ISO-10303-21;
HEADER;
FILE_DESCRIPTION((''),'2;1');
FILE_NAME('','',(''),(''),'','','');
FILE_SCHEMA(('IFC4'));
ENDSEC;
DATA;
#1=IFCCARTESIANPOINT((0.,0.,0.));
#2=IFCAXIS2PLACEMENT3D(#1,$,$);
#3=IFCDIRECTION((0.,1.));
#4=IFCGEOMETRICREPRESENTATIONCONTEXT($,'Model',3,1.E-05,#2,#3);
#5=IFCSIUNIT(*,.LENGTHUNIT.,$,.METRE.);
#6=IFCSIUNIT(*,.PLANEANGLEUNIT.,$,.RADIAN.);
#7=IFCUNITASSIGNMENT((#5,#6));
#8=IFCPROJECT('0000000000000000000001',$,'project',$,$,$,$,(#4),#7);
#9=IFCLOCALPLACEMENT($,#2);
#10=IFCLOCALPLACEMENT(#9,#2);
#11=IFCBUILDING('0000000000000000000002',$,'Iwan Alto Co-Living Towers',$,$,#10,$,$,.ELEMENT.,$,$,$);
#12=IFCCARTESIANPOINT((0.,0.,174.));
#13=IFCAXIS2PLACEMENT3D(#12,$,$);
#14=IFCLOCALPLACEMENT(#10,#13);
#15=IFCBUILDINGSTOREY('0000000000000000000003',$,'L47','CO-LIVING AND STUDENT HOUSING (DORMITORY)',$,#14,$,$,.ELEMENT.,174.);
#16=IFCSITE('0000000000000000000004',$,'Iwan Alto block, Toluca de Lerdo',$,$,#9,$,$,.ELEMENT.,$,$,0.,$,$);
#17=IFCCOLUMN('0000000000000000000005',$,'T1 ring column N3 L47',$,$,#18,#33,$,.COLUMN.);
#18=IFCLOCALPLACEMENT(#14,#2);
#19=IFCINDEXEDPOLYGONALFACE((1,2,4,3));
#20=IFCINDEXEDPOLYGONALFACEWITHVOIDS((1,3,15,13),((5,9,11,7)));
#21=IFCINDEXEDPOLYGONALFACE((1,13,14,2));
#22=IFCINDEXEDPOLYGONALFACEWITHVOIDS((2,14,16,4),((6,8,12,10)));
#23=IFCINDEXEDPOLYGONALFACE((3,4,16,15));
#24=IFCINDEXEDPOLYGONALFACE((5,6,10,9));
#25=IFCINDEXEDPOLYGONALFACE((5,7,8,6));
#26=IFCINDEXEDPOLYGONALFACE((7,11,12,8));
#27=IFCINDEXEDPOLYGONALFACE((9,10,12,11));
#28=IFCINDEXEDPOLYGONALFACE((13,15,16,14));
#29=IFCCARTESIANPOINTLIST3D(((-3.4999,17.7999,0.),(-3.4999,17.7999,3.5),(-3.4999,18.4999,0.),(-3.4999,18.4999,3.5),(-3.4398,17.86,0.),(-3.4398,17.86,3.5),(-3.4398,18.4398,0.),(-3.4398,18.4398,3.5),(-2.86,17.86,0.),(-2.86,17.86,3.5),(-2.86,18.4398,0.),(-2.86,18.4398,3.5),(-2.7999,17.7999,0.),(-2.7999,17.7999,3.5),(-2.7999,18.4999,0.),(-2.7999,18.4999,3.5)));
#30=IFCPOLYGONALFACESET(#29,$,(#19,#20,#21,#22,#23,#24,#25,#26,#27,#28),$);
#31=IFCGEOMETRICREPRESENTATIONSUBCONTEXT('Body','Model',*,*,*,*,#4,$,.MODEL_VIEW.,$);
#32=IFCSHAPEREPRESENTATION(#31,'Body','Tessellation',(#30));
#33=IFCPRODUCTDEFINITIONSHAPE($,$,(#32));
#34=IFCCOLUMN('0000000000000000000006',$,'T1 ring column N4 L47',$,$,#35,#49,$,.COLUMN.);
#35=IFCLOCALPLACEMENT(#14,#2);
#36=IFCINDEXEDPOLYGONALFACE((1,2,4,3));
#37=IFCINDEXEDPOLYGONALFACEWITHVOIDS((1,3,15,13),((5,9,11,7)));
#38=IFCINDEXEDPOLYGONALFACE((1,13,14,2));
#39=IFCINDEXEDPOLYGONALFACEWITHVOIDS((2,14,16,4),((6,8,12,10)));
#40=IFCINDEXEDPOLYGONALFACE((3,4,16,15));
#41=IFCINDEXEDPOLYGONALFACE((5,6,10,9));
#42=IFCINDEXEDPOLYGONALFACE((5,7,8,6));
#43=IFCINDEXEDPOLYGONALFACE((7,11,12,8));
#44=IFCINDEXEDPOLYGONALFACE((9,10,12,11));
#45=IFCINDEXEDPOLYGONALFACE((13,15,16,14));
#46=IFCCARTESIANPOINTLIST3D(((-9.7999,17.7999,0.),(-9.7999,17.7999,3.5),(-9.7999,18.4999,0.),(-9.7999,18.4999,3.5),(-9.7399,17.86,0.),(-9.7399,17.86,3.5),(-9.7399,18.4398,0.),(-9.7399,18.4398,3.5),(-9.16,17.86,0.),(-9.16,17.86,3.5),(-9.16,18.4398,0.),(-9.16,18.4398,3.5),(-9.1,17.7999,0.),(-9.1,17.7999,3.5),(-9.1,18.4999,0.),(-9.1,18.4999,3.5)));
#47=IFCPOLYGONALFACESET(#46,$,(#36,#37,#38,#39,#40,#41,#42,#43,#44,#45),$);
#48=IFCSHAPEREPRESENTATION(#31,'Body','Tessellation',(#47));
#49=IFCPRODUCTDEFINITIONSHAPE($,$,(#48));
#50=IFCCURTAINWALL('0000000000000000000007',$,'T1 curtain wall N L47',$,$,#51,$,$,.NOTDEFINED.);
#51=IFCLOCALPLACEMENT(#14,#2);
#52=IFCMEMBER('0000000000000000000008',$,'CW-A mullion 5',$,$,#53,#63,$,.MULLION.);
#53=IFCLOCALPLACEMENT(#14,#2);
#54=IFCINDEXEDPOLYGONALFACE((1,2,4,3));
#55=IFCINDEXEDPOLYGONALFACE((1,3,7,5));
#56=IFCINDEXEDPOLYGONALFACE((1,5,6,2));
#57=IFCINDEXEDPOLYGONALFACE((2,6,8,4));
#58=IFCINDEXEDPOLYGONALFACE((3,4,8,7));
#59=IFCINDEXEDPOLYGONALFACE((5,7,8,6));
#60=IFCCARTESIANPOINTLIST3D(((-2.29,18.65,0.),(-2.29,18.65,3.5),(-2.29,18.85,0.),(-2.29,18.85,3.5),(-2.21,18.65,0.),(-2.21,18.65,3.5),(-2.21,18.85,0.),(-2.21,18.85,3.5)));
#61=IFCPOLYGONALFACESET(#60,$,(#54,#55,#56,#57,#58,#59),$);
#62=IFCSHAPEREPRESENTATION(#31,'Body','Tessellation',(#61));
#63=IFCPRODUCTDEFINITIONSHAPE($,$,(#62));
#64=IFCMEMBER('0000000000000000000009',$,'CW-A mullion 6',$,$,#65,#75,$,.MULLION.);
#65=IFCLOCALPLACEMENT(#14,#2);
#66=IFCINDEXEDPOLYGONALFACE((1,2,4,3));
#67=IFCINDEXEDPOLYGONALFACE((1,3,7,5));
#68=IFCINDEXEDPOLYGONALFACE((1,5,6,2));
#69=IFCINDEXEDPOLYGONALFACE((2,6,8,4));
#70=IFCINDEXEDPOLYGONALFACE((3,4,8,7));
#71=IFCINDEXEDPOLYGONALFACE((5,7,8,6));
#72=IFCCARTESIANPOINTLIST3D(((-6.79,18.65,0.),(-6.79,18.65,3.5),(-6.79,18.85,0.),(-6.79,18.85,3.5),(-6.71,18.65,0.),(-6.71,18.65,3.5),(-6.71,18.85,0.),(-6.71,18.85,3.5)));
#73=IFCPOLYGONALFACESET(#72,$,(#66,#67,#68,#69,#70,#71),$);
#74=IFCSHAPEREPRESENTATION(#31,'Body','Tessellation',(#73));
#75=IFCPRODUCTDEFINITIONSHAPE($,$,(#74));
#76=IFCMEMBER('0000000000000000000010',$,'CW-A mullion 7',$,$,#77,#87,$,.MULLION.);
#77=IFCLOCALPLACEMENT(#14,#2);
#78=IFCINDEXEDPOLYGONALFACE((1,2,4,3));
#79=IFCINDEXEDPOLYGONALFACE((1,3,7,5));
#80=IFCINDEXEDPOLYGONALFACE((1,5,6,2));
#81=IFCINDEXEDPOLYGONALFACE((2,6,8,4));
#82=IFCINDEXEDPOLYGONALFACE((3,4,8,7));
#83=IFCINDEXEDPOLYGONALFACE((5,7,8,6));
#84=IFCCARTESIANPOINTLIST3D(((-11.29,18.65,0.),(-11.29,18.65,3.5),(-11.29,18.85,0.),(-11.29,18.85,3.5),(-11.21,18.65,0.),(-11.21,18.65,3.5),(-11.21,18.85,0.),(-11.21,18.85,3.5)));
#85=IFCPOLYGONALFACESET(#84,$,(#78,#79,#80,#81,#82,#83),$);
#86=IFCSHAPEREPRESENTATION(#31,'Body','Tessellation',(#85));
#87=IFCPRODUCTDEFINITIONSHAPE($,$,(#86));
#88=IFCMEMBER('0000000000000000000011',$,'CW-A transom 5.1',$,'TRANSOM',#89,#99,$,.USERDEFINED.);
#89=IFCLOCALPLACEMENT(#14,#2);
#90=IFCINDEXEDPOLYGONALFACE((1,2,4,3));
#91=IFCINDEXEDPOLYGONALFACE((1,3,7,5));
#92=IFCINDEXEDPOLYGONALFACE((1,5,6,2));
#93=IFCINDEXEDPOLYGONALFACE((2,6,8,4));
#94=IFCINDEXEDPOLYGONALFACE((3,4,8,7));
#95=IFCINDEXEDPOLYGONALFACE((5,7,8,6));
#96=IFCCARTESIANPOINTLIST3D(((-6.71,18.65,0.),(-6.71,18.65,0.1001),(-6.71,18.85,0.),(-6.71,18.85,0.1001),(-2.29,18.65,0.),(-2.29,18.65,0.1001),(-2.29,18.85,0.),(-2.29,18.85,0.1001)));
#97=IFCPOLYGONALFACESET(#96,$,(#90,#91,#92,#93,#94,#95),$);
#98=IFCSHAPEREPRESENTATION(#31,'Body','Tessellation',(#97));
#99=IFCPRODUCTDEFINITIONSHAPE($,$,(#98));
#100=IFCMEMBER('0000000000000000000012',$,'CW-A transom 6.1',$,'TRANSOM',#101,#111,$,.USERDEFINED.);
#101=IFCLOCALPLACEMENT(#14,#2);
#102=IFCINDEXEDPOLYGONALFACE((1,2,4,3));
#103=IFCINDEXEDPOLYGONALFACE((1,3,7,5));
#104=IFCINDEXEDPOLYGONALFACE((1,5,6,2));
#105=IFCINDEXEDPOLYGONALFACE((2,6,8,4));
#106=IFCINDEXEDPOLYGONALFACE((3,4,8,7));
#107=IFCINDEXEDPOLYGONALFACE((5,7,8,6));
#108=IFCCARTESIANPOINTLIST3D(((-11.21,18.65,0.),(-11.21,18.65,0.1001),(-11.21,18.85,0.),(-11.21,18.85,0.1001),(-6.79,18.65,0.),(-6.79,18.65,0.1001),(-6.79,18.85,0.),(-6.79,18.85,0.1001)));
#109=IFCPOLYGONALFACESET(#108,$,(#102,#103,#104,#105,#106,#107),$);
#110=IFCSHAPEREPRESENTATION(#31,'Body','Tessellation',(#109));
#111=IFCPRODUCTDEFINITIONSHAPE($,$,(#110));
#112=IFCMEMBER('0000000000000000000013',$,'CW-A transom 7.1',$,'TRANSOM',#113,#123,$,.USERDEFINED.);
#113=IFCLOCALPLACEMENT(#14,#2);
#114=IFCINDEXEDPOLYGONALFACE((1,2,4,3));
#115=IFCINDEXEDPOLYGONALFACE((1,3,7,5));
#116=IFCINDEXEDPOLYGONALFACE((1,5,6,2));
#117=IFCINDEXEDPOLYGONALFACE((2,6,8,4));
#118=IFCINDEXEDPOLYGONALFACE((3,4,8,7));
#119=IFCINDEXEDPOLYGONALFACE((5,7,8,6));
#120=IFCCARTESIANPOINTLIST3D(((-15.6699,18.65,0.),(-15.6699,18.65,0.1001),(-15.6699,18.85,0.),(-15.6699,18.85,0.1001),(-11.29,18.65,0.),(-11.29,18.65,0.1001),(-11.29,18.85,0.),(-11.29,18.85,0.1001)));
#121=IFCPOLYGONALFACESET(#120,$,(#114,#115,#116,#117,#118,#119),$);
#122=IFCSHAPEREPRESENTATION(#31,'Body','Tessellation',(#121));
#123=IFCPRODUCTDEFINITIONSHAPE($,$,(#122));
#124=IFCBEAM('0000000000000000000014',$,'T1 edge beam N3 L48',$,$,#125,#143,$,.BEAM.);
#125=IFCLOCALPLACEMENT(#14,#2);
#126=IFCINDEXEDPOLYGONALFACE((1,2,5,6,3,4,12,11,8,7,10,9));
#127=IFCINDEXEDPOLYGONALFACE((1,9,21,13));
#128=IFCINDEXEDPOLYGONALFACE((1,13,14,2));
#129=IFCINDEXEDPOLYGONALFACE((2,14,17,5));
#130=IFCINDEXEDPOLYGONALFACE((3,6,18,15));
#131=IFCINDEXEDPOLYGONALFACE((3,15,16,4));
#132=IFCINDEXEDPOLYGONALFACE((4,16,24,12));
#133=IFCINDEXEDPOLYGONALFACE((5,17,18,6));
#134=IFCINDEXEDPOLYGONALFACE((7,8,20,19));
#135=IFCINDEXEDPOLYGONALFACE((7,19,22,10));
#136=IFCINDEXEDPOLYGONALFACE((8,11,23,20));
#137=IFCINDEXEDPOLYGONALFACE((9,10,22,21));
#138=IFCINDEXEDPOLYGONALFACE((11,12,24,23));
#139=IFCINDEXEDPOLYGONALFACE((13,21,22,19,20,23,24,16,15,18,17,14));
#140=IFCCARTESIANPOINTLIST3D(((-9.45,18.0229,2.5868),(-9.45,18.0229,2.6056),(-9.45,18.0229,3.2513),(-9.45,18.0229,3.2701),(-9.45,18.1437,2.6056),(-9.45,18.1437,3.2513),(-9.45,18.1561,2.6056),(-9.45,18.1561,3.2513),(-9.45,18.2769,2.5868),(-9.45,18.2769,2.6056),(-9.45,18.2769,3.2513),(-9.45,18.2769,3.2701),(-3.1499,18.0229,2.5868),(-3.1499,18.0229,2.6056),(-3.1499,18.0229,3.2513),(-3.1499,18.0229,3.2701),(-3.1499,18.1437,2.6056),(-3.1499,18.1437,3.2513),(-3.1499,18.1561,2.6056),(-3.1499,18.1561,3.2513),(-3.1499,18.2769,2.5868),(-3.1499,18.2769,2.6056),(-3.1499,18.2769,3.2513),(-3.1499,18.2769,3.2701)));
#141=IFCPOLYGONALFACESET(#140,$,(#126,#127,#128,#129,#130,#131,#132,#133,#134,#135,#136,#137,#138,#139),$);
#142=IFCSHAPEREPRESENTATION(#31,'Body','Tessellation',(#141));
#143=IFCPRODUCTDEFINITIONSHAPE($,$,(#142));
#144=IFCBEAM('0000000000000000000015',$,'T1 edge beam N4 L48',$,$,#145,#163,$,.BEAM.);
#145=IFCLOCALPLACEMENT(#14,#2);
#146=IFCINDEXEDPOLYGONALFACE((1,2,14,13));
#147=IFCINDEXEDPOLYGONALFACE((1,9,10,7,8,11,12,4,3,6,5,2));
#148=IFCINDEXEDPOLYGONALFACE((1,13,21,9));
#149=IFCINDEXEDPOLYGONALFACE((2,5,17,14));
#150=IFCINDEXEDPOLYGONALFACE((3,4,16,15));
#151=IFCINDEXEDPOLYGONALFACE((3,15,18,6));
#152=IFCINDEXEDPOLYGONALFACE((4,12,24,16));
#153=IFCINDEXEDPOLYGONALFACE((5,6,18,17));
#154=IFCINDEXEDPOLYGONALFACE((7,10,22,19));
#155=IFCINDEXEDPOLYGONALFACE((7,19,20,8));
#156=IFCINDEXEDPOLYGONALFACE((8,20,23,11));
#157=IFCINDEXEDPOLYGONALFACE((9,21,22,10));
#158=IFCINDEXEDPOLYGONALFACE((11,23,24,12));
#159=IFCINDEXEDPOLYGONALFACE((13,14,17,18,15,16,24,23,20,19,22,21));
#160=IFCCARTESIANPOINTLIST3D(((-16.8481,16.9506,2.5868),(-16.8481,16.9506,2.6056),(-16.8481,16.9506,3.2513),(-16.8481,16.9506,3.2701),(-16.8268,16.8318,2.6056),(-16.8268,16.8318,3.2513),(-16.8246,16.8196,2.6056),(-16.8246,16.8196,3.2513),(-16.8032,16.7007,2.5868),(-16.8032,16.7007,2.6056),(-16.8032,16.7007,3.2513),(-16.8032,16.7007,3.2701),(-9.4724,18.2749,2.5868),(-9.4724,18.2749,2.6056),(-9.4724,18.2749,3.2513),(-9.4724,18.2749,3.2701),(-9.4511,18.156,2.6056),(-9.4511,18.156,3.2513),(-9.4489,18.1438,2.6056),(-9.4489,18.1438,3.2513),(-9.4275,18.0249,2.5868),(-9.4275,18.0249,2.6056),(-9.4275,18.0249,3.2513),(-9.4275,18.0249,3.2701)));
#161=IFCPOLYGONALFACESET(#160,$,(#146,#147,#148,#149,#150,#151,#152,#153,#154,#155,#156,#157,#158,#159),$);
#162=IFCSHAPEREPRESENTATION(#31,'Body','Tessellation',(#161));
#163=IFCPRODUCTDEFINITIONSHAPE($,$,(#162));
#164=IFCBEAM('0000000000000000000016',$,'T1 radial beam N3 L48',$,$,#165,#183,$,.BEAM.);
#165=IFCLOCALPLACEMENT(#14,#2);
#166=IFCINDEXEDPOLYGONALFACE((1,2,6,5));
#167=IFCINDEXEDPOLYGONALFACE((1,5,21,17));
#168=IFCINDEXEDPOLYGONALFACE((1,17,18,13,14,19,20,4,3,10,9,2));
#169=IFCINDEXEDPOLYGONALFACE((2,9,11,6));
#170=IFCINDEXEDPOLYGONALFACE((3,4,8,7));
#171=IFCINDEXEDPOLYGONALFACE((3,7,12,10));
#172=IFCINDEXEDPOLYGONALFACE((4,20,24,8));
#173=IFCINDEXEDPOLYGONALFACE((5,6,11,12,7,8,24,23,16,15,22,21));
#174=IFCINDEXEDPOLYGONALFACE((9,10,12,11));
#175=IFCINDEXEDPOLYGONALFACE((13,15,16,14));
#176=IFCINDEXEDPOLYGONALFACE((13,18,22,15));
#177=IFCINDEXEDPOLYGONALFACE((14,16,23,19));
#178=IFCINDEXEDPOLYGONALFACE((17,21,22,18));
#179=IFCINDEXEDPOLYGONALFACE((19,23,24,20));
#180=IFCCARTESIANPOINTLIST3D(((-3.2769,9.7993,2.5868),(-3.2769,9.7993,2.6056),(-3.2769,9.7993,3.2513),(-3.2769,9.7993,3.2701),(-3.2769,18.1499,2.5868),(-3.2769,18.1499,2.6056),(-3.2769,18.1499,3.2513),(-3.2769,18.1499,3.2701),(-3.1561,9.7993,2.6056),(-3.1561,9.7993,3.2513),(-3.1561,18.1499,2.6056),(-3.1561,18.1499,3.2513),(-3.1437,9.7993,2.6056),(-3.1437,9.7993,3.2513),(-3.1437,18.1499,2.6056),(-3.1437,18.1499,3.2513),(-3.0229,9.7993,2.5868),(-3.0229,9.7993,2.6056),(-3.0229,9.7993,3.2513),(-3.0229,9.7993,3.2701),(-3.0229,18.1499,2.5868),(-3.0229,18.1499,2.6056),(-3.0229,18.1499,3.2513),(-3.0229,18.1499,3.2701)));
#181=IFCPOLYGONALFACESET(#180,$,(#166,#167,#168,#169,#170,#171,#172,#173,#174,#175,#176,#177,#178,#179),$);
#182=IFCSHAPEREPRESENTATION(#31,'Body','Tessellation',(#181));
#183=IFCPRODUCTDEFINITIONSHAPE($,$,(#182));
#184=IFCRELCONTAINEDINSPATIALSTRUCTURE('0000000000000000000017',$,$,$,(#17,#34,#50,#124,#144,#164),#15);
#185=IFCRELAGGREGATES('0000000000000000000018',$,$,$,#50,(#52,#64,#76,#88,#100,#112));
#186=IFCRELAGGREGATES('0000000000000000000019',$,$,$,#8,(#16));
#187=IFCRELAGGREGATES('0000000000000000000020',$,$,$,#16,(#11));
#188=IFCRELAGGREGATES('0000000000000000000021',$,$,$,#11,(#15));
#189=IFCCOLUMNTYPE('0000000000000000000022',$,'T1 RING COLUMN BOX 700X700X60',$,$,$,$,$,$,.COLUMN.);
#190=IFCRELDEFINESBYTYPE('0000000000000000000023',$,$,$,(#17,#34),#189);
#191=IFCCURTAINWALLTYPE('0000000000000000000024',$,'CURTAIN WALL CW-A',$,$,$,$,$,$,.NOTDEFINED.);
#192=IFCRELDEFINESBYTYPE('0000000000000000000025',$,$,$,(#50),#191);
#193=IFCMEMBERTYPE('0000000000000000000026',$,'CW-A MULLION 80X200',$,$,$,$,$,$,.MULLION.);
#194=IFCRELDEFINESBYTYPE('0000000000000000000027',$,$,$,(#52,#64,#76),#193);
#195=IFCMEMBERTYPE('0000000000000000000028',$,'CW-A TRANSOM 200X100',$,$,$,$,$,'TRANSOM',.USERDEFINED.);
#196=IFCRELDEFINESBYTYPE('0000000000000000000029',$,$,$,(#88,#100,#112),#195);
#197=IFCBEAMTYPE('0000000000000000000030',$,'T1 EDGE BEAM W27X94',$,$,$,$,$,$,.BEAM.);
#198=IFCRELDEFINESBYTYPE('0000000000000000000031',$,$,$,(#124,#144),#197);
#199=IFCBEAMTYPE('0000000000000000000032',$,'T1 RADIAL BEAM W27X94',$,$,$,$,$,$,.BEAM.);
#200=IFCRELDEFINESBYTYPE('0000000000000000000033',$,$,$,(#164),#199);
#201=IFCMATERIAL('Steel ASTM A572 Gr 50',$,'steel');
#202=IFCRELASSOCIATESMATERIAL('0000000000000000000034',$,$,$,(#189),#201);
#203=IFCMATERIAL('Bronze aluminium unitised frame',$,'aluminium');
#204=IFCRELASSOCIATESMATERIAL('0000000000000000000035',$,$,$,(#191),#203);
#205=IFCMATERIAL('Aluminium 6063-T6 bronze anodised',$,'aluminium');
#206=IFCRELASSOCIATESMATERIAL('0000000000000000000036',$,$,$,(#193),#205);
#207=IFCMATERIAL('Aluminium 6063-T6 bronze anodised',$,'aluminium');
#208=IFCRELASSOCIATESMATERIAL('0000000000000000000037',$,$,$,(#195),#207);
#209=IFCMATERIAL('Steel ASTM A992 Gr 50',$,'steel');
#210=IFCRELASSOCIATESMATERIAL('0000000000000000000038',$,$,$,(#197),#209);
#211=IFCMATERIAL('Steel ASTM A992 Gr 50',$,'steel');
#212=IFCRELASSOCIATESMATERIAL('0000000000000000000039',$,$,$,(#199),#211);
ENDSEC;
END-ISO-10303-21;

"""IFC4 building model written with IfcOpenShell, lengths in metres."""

from ifc_helpers import new_model, si_unit, direction, frame, origin, origin_2d, place, context, subcontext, project, spatial, rectangle, hollow_rectangle, i_section, extrude, material, material_profile, profile_set, type_object, element, aggregate, save


model = new_model("IFC4")

# Units and contexts
model_context = context("Model", 3, precision=1e-05, world=origin(), true_north=direction((0.0, 1.0)))
body_context = subcontext(model_context, "Body", "Model", "MODEL_VIEW")
ifc_project = project(units=[si_unit("LENGTHUNIT", "METRE"), si_unit("PLANEANGLEUNIT", "RADIAN")], contexts=[model_context])

# Site, building, storey
site_placement = place(None, origin())
site = spatial("IfcSite", under=ifc_project, at=site_placement, Name="Iwan Alto block, Toluca de Lerdo", CompositionType="ELEMENT", RefElevation=0.0)
building_placement = place(site_placement, origin())
building = spatial("IfcBuilding", under=site, at=building_placement, Name="Iwan Alto Co-Living Towers", CompositionType="ELEMENT")
storey_placement = place(building_placement, frame((0.0, 0.0, 174.0)))
storey = spatial("IfcBuildingStorey", under=building, at=storey_placement, Name="L47", Description="CO-LIVING AND STUDENT HOUSING (DORMITORY)", CompositionType="ELEMENT", Elevation=174.0)

# Columns
ifc_material_1 = material(Name="Steel ASTM A572 Gr 50", Category="steel")
ifc_material_profile_1 = material_profile(ifc_material_1, hollow_rectangle(XDim=0.7, YDim=0.7, WallThickness=0.0601, at=origin_2d()), Name="BOX 700X700X60")
ifc_profile_set_1 = profile_set([ifc_material_profile_1], Name="Steel ASTM A572 Gr 50")
column_type = type_object("IfcColumnType", Name="T1 RING COLUMN BOX 700X700X60", PredefinedType="COLUMN", material=ifc_profile_set_1)
for number, where, z_axis, x_axis, name in (
    (1, (-3.1499, 18.1499, 0.0), (0.0, 0.0, 1.0), (1.0, 0.0, 0.0), "T1 ring column N3 L47"),
    (2, (-9.45, 18.1499, 0.0), (0.0, 0.0, 1.0), (1.0, 0.0, 0.0), "T1 ring column N4 L47"),
):
    element("IfcColumn", number, at=place(storey_placement, frame(where, z_axis=z_axis, x_axis=x_axis)), inside=storey, type_object=column_type, Name=name, PredefinedType="COLUMN", context=body_context, shape_type="SweptSolid", body=[
        extrude(hollow_rectangle(XDim=0.7, YDim=0.7, WallThickness=0.0601, at=origin_2d()), origin(), (0.0, 0.0, 1.0), 3.5),
    ])

# Curtain wall, members
ifc_material_2 = material(Name="Bronze aluminium unitised frame", Category="aluminium")
curtain_wall_type = type_object("IfcCurtainWallType", Name="CURTAIN WALL CW-A", PredefinedType="NOTDEFINED", material=ifc_material_2)
curtain_wall_placement = place(storey_placement, origin())
curtain_wall = element("IfcCurtainWall", 3, at=curtain_wall_placement, inside=storey, type_object=curtain_wall_type, Name="T1 curtain wall N L47", PredefinedType="NOTDEFINED")
ifc_material_3 = material(Name="Aluminium 6063-T6 bronze anodised", Category="aluminium")
ifc_material_profile_2 = material_profile(ifc_material_3, rectangle(XDim=0.2, YDim=0.0801, at=origin_2d()), Name="AL 80X200")
ifc_profile_set_2 = profile_set([ifc_material_profile_2], Name="Aluminium 6063-T6 bronze anodised")
member_type_1 = type_object("IfcMemberType", Name="CW-A MULLION 80X200", PredefinedType="MULLION", material=ifc_profile_set_2)
member_1_placement = place(storey_placement, frame((-2.25, 18.75, 0.0), z_axis=(0.0, 0.0, 1.0), x_axis=(0.0, -1.0, 0.0)))
member_1 = element("IfcMember", 4, at=member_1_placement, type_object=member_type_1, Name="CW-A mullion 5", PredefinedType="MULLION", context=body_context, shape_type="SweptSolid", body=[
    extrude(rectangle(XDim=0.2, YDim=0.0801, at=origin_2d()), origin(), (0.0, 0.0, 1.0), 3.5),
])
member_2_placement = place(storey_placement, frame((-6.75, 18.75, 0.0), z_axis=(0.0, 0.0, 1.0), x_axis=(0.0, -1.0, 0.0)))
member_2 = element("IfcMember", 5, at=member_2_placement, type_object=member_type_1, Name="CW-A mullion 6", PredefinedType="MULLION", context=body_context, shape_type="SweptSolid", body=[
    extrude(rectangle(XDim=0.2, YDim=0.0801, at=origin_2d()), origin(), (0.0, 0.0, 1.0), 3.5),
])
member_3_placement = place(storey_placement, frame((-11.25, 18.75, 0.0), z_axis=(0.0, 0.0, 1.0), x_axis=(0.0, -1.0, 0.0)))
member_3 = element("IfcMember", 6, at=member_3_placement, type_object=member_type_1, Name="CW-A mullion 7", PredefinedType="MULLION", context=body_context, shape_type="SweptSolid", body=[
    extrude(rectangle(XDim=0.2, YDim=0.0801, at=origin_2d()), origin(), (0.0, 0.0, 1.0), 3.5),
])
ifc_material_4 = material(Name="Aluminium 6063-T6 bronze anodised", Category="aluminium")
ifc_material_profile_3 = material_profile(ifc_material_4, rectangle(XDim=0.2, YDim=0.1001, at=origin_2d()), Name="AL 200X100")
ifc_profile_set_3 = profile_set([ifc_material_profile_3], Name="Aluminium 6063-T6 bronze anodised")
member_type_2 = type_object("IfcMemberType", Name="CW-A TRANSOM 200X100", ElementType="TRANSOM", PredefinedType="USERDEFINED", material=ifc_profile_set_3)
member_4_placement = place(storey_placement, frame((-2.29, 18.75, 0.05), z_axis=(-1.0, 0.0, 0.0), x_axis=(0.0, -1.0, 0.0)))
member_4 = element("IfcMember", 7, at=member_4_placement, type_object=member_type_2, Name="CW-A transom 5.1", ObjectType="TRANSOM", PredefinedType="USERDEFINED", context=body_context, shape_type="SweptSolid", body=[
    extrude(rectangle(XDim=0.2, YDim=0.1001, at=origin_2d()), origin(), (0.0, 0.0, 1.0), 4.4199),
])
member_5_placement = place(storey_placement, frame((-6.79, 18.75, 0.05), z_axis=(-1.0, 0.0, 0.0), x_axis=(0.0, -1.0, 0.0)))
member_5 = element("IfcMember", 8, at=member_5_placement, type_object=member_type_2, Name="CW-A transom 6.1", ObjectType="TRANSOM", PredefinedType="USERDEFINED", context=body_context, shape_type="SweptSolid", body=[
    extrude(rectangle(XDim=0.2, YDim=0.1001, at=origin_2d()), origin(), (0.0, 0.0, 1.0), 4.4199),
])
member_6_placement = place(storey_placement, frame((-11.29, 18.75, 0.05), z_axis=(-1.0, 0.0, 0.0), x_axis=(0.0, -1.0, 0.0)))
member_6 = element("IfcMember", 9, at=member_6_placement, type_object=member_type_2, Name="CW-A transom 7.1", ObjectType="TRANSOM", PredefinedType="USERDEFINED", context=body_context, shape_type="SweptSolid", body=[
    extrude(rectangle(XDim=0.2, YDim=0.1001, at=origin_2d()), origin(), (0.0, 0.0, 1.0), 4.3799),
])

# Beams
ifc_material_5 = material(Name="Steel ASTM A992 Gr 50", Category="steel")
ifc_material_profile_4 = material_profile(ifc_material_5, i_section(OverallWidth=0.2539, OverallDepth=0.6833, WebThickness=0.0125, FlangeThickness=0.0188, at=origin_2d()), Name="W27X94")
ifc_profile_set_4 = profile_set([ifc_material_profile_4], Name="Steel ASTM A992 Gr 50")
beam_type_1 = type_object("IfcBeamType", Name="T1 EDGE BEAM W27X94", PredefinedType="BEAM", material=ifc_profile_set_4)
beam_1_placement = place(storey_placement, frame((-3.1499, 18.1499, 2.9285), z_axis=(-1.0, 0.0, 0.0), x_axis=(0.0, -1.0, 0.0)))
element("IfcBeam", 10, at=beam_1_placement, inside=storey, type_object=beam_type_1, Name="T1 edge beam N3 L48", PredefinedType="BEAM", context=body_context, shape_type="SweptSolid", body=[
    extrude(i_section(OverallWidth=0.2539, OverallDepth=0.6833, WebThickness=0.0125, FlangeThickness=0.0188, at=origin_2d()), origin(), (0.0, 0.0, 1.0), 6.3),
])
beam_2_placement = place(storey_placement, frame((-9.45, 18.1499, 2.9285), z_axis=(-0.984263, -0.176712, 0.0), x_axis=(0.176712, -0.984263, 0.0)))
element("IfcBeam", 11, at=beam_2_placement, inside=storey, type_object=beam_type_1, Name="T1 edge beam N4 L48", PredefinedType="BEAM", context=body_context, shape_type="SweptSolid", body=[
    extrude(i_section(OverallWidth=0.2539, OverallDepth=0.6833, WebThickness=0.0125, FlangeThickness=0.0188, at=origin_2d()), origin(), (0.0, 0.0, 1.0), 7.4937),
])
ifc_material_6 = material(Name="Steel ASTM A992 Gr 50", Category="steel")
ifc_material_profile_5 = material_profile(ifc_material_6, i_section(OverallWidth=0.2539, OverallDepth=0.6833, WebThickness=0.0125, FlangeThickness=0.0188, at=origin_2d()), Name="W27X94")
ifc_profile_set_5 = profile_set([ifc_material_profile_5], Name="Steel ASTM A992 Gr 50")
beam_type_2 = type_object("IfcBeamType", Name="T1 RADIAL BEAM W27X94", PredefinedType="BEAM", material=ifc_profile_set_5)
for number, where, z_axis, x_axis, name in (
    (12, (-3.1499, 18.1499, 2.9285), (0.0, -1.0, 0.0), (1.0, 0.0, 0.0), "T1 radial beam N3 L48"),
):
    element("IfcBeam", number, at=place(storey_placement, frame(where, z_axis=z_axis, x_axis=x_axis)), inside=storey, type_object=beam_type_2, Name=name, PredefinedType="BEAM", context=body_context, shape_type="SweptSolid", body=[
        extrude(i_section(OverallWidth=0.2539, OverallDepth=0.6833, WebThickness=0.0125, FlangeThickness=0.0188, at=origin_2d()), origin(), (0.0, 0.0, 1.0), 8.3506),
    ])

aggregate(curtain_wall, [member_1, member_2, member_3, member_4, member_5, member_6])

save(model, "model.ifc")
